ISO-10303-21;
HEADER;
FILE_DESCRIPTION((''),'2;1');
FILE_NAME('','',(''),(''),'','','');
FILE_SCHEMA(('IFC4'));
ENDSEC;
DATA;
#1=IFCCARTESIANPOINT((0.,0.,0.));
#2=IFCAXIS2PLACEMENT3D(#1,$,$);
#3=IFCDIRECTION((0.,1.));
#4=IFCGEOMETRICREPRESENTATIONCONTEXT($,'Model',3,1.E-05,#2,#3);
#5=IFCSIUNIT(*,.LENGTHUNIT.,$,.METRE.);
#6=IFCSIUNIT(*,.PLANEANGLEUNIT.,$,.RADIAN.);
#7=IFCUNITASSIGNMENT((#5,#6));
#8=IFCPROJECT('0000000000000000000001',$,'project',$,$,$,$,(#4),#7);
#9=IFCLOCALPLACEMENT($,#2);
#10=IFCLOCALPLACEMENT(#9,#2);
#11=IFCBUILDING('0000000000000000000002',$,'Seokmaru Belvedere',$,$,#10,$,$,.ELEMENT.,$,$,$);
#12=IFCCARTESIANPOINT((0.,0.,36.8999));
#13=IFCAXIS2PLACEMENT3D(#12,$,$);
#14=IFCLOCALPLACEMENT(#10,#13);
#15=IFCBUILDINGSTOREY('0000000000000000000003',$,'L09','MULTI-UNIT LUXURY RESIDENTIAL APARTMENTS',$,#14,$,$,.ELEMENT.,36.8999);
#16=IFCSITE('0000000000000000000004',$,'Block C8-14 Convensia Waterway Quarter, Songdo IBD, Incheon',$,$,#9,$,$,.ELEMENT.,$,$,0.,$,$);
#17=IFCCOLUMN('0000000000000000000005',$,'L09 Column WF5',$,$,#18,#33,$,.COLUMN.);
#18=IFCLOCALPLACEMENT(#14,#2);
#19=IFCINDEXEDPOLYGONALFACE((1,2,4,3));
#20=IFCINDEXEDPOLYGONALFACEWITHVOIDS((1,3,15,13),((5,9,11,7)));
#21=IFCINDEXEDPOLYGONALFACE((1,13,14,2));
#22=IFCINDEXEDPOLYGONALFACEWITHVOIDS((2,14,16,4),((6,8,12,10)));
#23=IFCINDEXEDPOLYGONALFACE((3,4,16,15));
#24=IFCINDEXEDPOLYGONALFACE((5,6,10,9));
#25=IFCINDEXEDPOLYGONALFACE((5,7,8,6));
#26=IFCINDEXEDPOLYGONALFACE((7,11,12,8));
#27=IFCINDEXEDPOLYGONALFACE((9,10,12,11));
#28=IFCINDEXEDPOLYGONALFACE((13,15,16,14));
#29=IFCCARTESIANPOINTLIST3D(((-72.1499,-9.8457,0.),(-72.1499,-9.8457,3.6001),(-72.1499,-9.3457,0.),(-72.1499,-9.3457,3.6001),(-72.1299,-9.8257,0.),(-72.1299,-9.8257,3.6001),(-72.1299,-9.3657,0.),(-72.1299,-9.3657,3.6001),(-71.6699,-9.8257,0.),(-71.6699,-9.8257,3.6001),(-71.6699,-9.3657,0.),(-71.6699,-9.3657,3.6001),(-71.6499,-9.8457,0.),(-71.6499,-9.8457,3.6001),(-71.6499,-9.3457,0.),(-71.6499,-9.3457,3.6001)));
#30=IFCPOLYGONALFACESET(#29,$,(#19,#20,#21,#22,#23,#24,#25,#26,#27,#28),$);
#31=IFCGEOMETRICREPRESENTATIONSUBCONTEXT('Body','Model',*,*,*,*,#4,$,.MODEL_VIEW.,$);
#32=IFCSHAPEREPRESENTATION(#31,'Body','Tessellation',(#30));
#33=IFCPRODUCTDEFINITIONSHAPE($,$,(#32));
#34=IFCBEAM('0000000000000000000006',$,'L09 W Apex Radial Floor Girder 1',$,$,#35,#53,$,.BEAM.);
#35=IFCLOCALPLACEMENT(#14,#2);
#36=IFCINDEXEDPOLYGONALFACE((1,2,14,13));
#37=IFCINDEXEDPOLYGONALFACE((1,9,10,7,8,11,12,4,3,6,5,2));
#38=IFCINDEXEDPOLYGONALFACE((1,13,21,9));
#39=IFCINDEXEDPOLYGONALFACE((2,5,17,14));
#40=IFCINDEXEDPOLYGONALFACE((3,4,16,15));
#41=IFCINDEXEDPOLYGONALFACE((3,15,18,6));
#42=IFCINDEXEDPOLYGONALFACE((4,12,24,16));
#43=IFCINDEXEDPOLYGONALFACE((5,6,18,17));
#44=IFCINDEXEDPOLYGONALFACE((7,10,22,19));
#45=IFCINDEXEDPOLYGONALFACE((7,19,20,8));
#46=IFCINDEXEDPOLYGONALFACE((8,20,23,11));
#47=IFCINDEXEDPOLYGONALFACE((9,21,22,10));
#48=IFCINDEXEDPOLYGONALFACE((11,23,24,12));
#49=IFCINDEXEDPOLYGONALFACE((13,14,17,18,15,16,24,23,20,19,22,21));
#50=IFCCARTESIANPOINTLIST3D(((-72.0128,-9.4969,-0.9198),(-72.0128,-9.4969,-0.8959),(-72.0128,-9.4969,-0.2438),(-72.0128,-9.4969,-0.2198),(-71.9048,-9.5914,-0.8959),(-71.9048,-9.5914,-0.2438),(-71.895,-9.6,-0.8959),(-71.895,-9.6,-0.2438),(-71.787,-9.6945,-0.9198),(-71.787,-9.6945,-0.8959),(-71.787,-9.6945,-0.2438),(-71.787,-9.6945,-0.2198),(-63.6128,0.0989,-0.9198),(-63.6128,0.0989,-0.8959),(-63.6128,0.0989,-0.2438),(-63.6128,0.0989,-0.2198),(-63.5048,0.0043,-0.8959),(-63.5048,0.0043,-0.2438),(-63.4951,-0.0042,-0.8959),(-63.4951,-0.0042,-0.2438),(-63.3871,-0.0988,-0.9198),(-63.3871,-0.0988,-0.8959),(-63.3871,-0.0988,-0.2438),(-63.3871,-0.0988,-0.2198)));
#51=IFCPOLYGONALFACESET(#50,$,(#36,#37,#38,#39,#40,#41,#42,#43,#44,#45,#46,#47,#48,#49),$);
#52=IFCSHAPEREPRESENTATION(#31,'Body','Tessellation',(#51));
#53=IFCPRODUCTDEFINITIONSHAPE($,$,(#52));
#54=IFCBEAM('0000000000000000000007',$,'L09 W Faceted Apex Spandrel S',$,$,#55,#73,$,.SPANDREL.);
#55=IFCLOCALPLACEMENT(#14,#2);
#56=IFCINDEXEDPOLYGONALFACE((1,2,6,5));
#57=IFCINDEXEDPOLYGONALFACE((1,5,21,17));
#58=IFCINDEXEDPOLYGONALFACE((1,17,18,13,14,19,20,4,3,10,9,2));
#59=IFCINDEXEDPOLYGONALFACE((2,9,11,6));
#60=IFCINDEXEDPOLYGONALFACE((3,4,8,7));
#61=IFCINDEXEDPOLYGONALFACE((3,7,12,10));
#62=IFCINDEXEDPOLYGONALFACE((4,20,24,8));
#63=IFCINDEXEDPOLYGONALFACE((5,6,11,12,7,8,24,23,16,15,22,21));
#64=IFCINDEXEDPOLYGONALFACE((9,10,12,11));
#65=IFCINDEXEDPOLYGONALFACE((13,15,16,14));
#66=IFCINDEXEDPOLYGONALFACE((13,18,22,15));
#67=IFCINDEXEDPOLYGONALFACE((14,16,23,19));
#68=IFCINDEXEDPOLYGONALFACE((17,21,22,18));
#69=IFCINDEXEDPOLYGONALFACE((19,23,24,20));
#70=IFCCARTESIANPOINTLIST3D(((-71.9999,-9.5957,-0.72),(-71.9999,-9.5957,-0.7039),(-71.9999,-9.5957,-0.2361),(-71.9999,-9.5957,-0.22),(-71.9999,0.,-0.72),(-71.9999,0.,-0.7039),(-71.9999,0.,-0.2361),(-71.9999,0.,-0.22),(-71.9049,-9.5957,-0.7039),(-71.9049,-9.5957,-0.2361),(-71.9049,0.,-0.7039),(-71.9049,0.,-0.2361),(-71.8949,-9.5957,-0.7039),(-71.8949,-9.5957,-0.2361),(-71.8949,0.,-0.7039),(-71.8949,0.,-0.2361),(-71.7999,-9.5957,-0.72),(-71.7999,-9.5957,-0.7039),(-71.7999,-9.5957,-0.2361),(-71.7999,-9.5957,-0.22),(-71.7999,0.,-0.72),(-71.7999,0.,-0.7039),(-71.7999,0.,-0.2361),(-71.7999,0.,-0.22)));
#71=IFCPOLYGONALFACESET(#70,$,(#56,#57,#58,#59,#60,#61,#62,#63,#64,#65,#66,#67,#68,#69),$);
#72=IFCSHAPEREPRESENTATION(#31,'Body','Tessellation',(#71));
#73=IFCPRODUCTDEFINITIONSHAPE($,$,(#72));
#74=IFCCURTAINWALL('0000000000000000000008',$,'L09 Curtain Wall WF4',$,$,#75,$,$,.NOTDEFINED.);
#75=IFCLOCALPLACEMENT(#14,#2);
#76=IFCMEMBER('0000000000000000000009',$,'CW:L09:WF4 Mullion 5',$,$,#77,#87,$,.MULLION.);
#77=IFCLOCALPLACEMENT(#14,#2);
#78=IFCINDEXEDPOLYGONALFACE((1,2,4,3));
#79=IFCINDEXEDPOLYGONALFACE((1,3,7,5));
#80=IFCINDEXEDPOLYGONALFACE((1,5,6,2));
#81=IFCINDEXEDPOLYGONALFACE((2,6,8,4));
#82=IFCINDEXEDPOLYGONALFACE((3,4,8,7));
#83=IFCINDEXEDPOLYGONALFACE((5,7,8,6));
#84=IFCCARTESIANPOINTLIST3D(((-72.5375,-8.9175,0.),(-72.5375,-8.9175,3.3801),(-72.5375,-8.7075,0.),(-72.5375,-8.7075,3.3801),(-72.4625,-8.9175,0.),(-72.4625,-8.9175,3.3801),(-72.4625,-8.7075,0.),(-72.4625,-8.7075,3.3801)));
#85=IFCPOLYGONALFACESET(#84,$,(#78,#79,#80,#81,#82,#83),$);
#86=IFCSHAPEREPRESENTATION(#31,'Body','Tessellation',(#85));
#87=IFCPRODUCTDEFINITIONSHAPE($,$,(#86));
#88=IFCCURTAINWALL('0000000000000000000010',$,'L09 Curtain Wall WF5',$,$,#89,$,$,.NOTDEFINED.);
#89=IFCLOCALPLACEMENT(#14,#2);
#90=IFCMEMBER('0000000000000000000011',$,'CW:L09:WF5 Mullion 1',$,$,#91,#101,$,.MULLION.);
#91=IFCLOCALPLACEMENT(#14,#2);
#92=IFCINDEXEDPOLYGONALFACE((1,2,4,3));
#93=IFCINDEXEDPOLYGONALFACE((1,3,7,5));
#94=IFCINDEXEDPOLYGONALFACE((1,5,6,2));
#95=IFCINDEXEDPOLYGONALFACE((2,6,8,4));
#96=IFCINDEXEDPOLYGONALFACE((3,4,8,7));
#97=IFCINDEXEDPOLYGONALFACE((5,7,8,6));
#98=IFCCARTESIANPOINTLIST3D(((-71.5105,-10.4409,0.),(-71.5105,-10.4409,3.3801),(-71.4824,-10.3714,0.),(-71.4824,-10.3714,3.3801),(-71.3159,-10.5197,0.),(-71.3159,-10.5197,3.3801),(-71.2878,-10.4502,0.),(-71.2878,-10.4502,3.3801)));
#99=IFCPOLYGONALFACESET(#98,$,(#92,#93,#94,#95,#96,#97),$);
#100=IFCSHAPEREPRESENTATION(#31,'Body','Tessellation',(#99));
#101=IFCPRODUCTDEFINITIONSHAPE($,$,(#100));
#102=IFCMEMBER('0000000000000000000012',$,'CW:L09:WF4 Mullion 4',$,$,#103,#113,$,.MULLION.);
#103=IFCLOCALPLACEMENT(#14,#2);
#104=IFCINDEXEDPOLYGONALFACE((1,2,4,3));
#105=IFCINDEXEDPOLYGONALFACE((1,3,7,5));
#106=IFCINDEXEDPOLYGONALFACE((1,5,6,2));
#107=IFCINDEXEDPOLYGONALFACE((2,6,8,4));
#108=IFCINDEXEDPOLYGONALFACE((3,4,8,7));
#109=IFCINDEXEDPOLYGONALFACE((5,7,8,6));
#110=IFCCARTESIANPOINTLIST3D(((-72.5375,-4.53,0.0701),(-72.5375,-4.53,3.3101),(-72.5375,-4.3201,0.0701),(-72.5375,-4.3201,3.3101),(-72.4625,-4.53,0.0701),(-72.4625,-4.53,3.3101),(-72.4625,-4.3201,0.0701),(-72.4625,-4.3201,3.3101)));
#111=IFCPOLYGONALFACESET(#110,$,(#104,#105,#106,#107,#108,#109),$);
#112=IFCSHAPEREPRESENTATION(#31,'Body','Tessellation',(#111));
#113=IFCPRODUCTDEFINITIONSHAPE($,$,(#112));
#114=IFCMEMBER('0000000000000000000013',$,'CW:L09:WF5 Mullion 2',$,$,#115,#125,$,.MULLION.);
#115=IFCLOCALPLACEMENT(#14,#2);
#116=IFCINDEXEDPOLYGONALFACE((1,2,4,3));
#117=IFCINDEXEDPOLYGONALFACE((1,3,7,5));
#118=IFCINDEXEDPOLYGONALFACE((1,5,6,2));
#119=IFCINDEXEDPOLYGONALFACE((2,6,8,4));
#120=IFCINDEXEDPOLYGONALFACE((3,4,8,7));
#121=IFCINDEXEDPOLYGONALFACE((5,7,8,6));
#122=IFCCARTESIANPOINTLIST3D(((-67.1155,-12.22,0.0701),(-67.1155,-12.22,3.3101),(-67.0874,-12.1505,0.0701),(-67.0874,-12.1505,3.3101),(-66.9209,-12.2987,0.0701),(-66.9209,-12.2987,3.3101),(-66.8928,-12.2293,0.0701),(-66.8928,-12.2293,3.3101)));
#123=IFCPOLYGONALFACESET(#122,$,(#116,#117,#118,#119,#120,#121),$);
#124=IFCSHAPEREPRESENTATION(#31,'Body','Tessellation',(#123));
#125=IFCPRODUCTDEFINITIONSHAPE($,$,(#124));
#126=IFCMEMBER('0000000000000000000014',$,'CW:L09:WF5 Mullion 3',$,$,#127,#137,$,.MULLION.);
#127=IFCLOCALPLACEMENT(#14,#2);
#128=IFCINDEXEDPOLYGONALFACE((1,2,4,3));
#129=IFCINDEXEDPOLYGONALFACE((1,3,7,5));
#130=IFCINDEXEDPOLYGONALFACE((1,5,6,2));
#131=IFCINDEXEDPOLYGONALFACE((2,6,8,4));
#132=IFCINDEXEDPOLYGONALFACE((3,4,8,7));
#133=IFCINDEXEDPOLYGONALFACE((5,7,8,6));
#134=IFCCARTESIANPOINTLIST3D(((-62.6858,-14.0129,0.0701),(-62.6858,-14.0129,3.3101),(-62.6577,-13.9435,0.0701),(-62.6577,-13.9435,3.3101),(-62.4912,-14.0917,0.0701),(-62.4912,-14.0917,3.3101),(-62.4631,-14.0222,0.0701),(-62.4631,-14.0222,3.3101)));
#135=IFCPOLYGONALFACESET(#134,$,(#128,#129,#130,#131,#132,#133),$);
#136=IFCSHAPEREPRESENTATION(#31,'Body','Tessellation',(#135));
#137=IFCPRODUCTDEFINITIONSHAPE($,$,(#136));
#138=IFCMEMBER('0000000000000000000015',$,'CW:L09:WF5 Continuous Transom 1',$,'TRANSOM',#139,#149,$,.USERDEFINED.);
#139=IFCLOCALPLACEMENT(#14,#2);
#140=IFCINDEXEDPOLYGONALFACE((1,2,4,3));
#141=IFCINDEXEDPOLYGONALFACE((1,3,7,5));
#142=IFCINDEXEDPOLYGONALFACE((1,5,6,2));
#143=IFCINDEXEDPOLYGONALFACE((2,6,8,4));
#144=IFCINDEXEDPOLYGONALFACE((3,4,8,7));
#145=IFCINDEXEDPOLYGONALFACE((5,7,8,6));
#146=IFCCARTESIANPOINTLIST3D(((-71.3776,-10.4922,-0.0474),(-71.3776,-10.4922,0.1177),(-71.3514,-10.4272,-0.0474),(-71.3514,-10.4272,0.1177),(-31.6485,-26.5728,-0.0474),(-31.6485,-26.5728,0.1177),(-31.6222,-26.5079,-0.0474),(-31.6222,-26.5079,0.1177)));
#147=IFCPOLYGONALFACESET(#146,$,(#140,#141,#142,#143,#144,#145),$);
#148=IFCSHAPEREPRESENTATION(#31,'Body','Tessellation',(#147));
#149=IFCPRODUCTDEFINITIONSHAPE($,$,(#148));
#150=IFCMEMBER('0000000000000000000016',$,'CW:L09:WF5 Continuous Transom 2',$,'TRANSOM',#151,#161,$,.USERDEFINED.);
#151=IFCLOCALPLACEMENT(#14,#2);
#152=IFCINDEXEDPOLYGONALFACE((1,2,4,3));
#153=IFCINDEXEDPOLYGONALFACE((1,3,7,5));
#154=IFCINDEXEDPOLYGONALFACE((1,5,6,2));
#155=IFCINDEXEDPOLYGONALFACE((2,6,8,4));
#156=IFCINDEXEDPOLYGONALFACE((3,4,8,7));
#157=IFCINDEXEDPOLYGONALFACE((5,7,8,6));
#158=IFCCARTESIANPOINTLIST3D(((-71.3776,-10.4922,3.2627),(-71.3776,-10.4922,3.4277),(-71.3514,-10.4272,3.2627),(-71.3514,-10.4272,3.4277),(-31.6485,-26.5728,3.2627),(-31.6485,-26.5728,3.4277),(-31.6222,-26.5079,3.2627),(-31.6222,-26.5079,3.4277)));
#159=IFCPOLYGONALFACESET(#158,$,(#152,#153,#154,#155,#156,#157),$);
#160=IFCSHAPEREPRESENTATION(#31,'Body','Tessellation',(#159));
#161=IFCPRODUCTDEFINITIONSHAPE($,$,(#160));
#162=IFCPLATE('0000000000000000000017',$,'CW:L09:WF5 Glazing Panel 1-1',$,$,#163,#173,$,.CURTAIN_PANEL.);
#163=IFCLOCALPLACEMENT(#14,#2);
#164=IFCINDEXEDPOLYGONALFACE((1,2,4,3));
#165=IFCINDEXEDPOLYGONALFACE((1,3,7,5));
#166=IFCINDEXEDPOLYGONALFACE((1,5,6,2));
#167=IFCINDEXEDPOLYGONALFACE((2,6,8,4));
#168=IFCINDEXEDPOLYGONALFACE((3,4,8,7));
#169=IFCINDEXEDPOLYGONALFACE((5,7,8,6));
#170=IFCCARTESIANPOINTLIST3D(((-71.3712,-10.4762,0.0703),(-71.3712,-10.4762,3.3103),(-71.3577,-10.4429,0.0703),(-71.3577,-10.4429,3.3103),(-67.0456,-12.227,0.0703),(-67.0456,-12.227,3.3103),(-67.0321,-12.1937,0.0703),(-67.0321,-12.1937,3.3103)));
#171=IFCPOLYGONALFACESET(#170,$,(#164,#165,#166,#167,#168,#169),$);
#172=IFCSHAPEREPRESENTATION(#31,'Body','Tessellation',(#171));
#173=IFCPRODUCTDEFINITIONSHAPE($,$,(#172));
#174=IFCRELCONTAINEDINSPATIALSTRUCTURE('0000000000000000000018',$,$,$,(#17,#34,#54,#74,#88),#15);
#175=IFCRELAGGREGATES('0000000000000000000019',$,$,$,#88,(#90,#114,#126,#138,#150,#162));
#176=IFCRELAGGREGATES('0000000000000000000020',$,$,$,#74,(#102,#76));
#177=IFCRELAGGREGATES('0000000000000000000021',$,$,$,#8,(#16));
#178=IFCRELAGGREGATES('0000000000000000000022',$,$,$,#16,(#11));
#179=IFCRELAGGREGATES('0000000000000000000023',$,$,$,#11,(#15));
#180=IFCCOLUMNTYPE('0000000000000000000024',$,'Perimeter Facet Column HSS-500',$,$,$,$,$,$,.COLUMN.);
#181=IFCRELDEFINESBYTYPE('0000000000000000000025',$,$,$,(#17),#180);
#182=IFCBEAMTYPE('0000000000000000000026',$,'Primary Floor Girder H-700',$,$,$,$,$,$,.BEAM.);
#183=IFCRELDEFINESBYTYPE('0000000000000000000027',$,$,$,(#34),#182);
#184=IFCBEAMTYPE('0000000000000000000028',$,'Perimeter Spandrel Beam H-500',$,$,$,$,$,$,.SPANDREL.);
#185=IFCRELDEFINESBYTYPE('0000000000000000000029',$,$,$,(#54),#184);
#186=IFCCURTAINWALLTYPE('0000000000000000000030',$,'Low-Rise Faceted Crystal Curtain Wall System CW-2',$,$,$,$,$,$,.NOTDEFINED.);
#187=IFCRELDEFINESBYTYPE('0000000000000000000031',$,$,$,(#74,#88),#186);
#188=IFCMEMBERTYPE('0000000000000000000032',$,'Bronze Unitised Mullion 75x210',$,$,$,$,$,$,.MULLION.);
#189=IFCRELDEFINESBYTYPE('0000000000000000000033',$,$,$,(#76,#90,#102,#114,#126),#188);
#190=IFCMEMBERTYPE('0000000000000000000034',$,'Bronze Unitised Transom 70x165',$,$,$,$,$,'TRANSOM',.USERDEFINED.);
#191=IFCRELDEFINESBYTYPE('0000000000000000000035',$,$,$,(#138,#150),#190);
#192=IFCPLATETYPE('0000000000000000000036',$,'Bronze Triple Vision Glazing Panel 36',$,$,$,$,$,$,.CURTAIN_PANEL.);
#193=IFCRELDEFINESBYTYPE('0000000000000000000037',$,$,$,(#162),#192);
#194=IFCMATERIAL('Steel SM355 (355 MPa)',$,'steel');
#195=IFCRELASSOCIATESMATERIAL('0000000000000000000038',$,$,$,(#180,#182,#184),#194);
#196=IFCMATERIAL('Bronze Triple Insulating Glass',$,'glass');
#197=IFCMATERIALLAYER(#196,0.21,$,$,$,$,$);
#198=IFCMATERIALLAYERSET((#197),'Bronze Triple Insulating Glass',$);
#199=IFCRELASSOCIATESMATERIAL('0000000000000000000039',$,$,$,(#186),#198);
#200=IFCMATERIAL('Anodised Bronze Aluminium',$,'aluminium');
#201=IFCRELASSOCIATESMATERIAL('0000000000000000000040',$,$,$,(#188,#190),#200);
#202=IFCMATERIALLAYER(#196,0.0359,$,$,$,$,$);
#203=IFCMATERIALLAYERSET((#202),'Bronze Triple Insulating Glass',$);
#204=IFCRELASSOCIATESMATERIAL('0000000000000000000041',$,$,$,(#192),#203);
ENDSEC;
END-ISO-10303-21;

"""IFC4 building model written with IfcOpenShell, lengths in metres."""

from ifc_helpers import new_model, si_unit, direction, frame, origin, origin_2d, place, context, subcontext, project, spatial, rectangle, hollow_rectangle, i_section, extrude, source, transform, mapped, material, layer, layer_set, material_profile, profile_set, type_object, type_shapes, element, aggregate, save


model = new_model("IFC4")

# Units and contexts
model_context = context("Model", 3, precision=1e-05, world=origin(), true_north=direction((0.0, 1.0)))
body_context = subcontext(model_context, "Body", "Model", "MODEL_VIEW")
ifc_project = project(units=[si_unit("LENGTHUNIT", "METRE"), si_unit("PLANEANGLEUNIT", "RADIAN")], contexts=[model_context])

# Site, building, storey
site_placement = place(None, origin())
site = spatial("IfcSite", under=ifc_project, at=site_placement, Name="Block C8-14 Convensia Waterway Quarter, Songdo IBD, Incheon", CompositionType="ELEMENT", RefElevation=0.0)
building_placement = place(site_placement, origin())
building = spatial("IfcBuilding", under=site, at=building_placement, Name="Seokmaru Belvedere", CompositionType="ELEMENT")
storey_placement = place(building_placement, frame((0.0, 0.0, 36.8999)))
storey = spatial("IfcBuildingStorey", under=building, at=storey_placement, Name="L09", Description="MULTI-UNIT LUXURY RESIDENTIAL APARTMENTS", CompositionType="ELEMENT", Elevation=36.8999)

# Column
ifc_material_1 = material(Name="Steel SM355 (355 MPa)", Category="steel")
ifc_material_profile_1 = material_profile(ifc_material_1, hollow_rectangle(XDim=0.5, YDim=0.5, WallThickness=0.02, at=origin_2d()), Name="HSS-500x500x20")
ifc_profile_set_1 = profile_set([ifc_material_profile_1], Name="Steel SM355 (355 MPa)")
column_type = type_object("IfcColumnType", Name="Perimeter Facet Column HSS-500", PredefinedType="COLUMN", material=ifc_profile_set_1)
shared_shape_1 = source(origin(), body_context, "Body", "SweptSolid", [
    extrude(hollow_rectangle(XDim=0.5, YDim=0.5, WallThickness=0.02, at=origin_2d()), origin(), (0.0, 0.0, 1.0), 3.6001),
])
type_shapes(column_type, [shared_shape_1])
column_placement = place(storey_placement, frame((-71.8999, -9.5957, 0.0), z_axis=(0.0, 0.0, 1.0), x_axis=(1.0, 0.0, 0.0)))
element("IfcColumn", 1, at=column_placement, inside=storey, type_object=column_type, Name="L09 Column WF5", PredefinedType="COLUMN", context=body_context, shape_type="MappedRepresentation", body=[
    mapped(shared_shape_1, transform((0.0, 0.0, 0.0), scale=1.0)),
])

# Beams
ifc_material_profile_2 = material_profile(ifc_material_1, i_section(OverallWidth=0.3, OverallDepth=0.7, WebThickness=0.0129, FlangeThickness=0.0239, at=origin_2d()), Name="H-700x300x13x24")
ifc_profile_set_2 = profile_set([ifc_material_profile_2], Name="Steel SM355 (355 MPa)")
beam_type_1 = type_object("IfcBeamType", Name="Primary Floor Girder H-700", PredefinedType="BEAM", material=ifc_profile_set_2)
shared_shape_2 = source(origin(), body_context, "Body", "SweptSolid", [
    extrude(i_section(OverallWidth=0.3, OverallDepth=0.7, WebThickness=0.0129, FlangeThickness=0.0239, at=origin_2d()), origin(), (0.0, 0.0, 1.0), 12.7529),
])
type_shapes(beam_type_1, [shared_shape_2])
beam_1_placement = place(storey_placement, frame((-71.8999, -9.5957, -0.5698), z_axis=(0.658667, 0.752434, 0.0), x_axis=(-0.752434, 0.658667, 0.0)))
element("IfcBeam", 2, at=beam_1_placement, inside=storey, type_object=beam_type_1, Name="L09 W Apex Radial Floor Girder 1", PredefinedType="BEAM", context=body_context, shape_type="MappedRepresentation", body=[
    mapped(shared_shape_2, transform((0.0, 0.0, 0.0), scale=1.0)),
])
ifc_material_profile_3 = material_profile(ifc_material_1, i_section(OverallWidth=0.2, OverallDepth=0.5, WebThickness=0.01, FlangeThickness=0.0161, at=origin_2d()), Name="H-500x200x10x16")
ifc_profile_set_3 = profile_set([ifc_material_profile_3], Name="Steel SM355 (355 MPa)")
beam_type_2 = type_object("IfcBeamType", Name="Perimeter Spandrel Beam H-500", PredefinedType="SPANDREL", material=ifc_profile_set_3)
shared_shape_3 = source(origin(), body_context, "Body", "SweptSolid", [
    extrude(i_section(OverallWidth=0.2, OverallDepth=0.5, WebThickness=0.01, FlangeThickness=0.0161, at=origin_2d()), origin(), (0.0, 0.0, 1.0), 9.5957),
])
type_shapes(beam_type_2, [shared_shape_3])
beam_2_placement = place(storey_placement, frame((-71.8999, -9.5957, -0.47), z_axis=(0.0, 1.0, 0.0), x_axis=(-1.0, 0.0, 0.0)))
element("IfcBeam", 3, at=beam_2_placement, inside=storey, type_object=beam_type_2, Name="L09 W Faceted Apex Spandrel S", PredefinedType="SPANDREL", context=body_context, shape_type="MappedRepresentation", body=[
    mapped(shared_shape_3, transform((0.0, 0.0, 0.0), scale=1.0)),
])

# Curtain walls, members
ifc_material_2 = material(Name="Bronze Triple Insulating Glass", Category="glass")
ifc_layer_1 = layer(ifc_material_2, 0.21)
ifc_layer_set_1 = layer_set([ifc_layer_1], Name="Bronze Triple Insulating Glass")
curtain_wall_type = type_object("IfcCurtainWallType", Name="Low-Rise Faceted Crystal Curtain Wall System CW-2", PredefinedType="NOTDEFINED", material=ifc_layer_set_1)
curtain_wall_1_placement = place(storey_placement, origin())
curtain_wall_1 = element("IfcCurtainWall", 4, at=curtain_wall_1_placement, inside=storey, type_object=curtain_wall_type, Name="L09 Curtain Wall WF4", PredefinedType="NOTDEFINED")
ifc_material_3 = material(Name="Anodised Bronze Aluminium", Category="aluminium")
ifc_material_profile_4 = material_profile(ifc_material_3, rectangle(XDim=0.075, YDim=0.21, at=origin_2d()), Name="CW-M-75x210")
ifc_profile_set_4 = profile_set([ifc_material_profile_4], Name="Anodised Bronze Aluminium")
member_type_1 = type_object("IfcMemberType", Name="Bronze Unitised Mullion 75x210", PredefinedType="MULLION", material=ifc_profile_set_4)
shared_shape_4 = source(origin(), body_context, "Body", "SweptSolid", [
    extrude(rectangle(XDim=0.075, YDim=0.21, at=origin_2d()), origin(), (0.0, 0.0, 1.0), 3.3801),
])
member_1_placement = place(storey_placement, frame((-72.5, -8.8125, 0.0), z_axis=(0.0, 0.0, 1.0), x_axis=(1.0, 0.0, 0.0)))
member_1 = element("IfcMember", 5, at=member_1_placement, type_object=member_type_1, Name="CW:L09:WF4 Mullion 5", PredefinedType="MULLION", context=body_context, shape_type="MappedRepresentation", body=[
    mapped(shared_shape_4, transform((0.0, 0.0, 0.0), scale=1.0)),
])
curtain_wall_2_placement = place(storey_placement, origin())
curtain_wall_2 = element("IfcCurtainWall", 6, at=curtain_wall_2_placement, inside=storey, type_object=curtain_wall_type, Name="L09 Curtain Wall WF5", PredefinedType="NOTDEFINED")
member_2_placement = place(storey_placement, frame((-71.3992, -10.4456, 0.0), z_axis=(0.0, 0.0, 1.0), x_axis=(0.375192, 0.926947, 0.0)))
member_2 = element("IfcMember", 7, at=member_2_placement, type_object=member_type_1, Name="CW:L09:WF5 Mullion 1", PredefinedType="MULLION", context=body_context, shape_type="MappedRepresentation", body=[
    mapped(shared_shape_4, transform((0.0, 0.0, 0.0), scale=1.0)),
])

# Members
shared_shape_5 = source(origin(), body_context, "Body", "SweptSolid", [
    extrude(rectangle(XDim=0.075, YDim=0.21, at=origin_2d()), origin(), (0.0, 0.0, 1.0), 3.24),
])
type_shapes(member_type_1, [shared_shape_4, shared_shape_5])
member_3_placement = place(storey_placement, frame((-72.5, -4.425, 0.0701), z_axis=(0.0, 0.0, 1.0), x_axis=(1.0, 0.0, 0.0)))
member_3 = element("IfcMember", 8, at=member_3_placement, type_object=member_type_1, Name="CW:L09:WF4 Mullion 4", PredefinedType="MULLION", context=body_context, shape_type="MappedRepresentation", body=[
    mapped(shared_shape_5, transform((0.0, 0.0, 0.0), scale=1.0)),
])
member_4_placement = place(storey_placement, frame((-67.0042, -12.2246, 0.0701), z_axis=(0.0, 0.0, 1.0), x_axis=(0.375192, 0.926947, 0.0)))
member_4 = element("IfcMember", 9, at=member_4_placement, type_object=member_type_1, Name="CW:L09:WF5 Mullion 2", PredefinedType="MULLION", context=body_context, shape_type="MappedRepresentation", body=[
    mapped(shared_shape_5, transform((0.0, 0.0, 0.0), scale=1.0)),
])
member_5_placement = place(storey_placement, frame((-62.5745, -14.0176, 0.0701), z_axis=(0.0, 0.0, 1.0), x_axis=(0.375192, 0.926947, 0.0)))
member_5 = element("IfcMember", 10, at=member_5_placement, type_object=member_type_1, Name="CW:L09:WF5 Mullion 3", PredefinedType="MULLION", context=body_context, shape_type="MappedRepresentation", body=[
    mapped(shared_shape_5, transform((0.0, 0.0, 0.0), scale=1.0)),
])
ifc_material_profile_5 = material_profile(ifc_material_3, rectangle(XDim=0.0701, YDim=0.165, at=origin_2d()), Name="CW-T-70x165")
ifc_profile_set_5 = profile_set([ifc_material_profile_5], Name="Anodised Bronze Aluminium")
member_type_2 = type_object("IfcMemberType", Name="Bronze Unitised Transom 70x165", ElementType="TRANSOM", PredefinedType="USERDEFINED", material=ifc_profile_set_5)
shared_shape_6 = source(origin(), body_context, "Body", "SweptSolid", [
    extrude(rectangle(XDim=0.0701, YDim=0.165, at=origin_2d()), origin(), (0.0, 0.0, 1.0), 42.8601),
])
type_shapes(member_type_2, [shared_shape_6])
member_6_placement = place(storey_placement, frame((-71.3645, -10.4597, 0.0352), z_axis=(0.926949, -0.375188, 0.0), x_axis=(0.375188, 0.926949, 0.0)))
member_6 = element("IfcMember", 11, at=member_6_placement, type_object=member_type_2, Name="CW:L09:WF5 Continuous Transom 1", ObjectType="TRANSOM", PredefinedType="USERDEFINED", context=body_context, shape_type="MappedRepresentation", body=[
    mapped(shared_shape_6, transform((0.0, 0.0, 0.0), scale=1.0)),
])
member_7_placement = place(storey_placement, frame((-71.3645, -10.4597, 3.3452), z_axis=(0.926949, -0.375188, 0.0), x_axis=(0.375188, 0.926949, 0.0)))
member_7 = element("IfcMember", 12, at=member_7_placement, type_object=member_type_2, Name="CW:L09:WF5 Continuous Transom 2", ObjectType="TRANSOM", PredefinedType="USERDEFINED", context=body_context, shape_type="MappedRepresentation", body=[
    mapped(shared_shape_6, transform((0.0, 0.0, 0.0), scale=1.0)),
])

# Plate
ifc_layer_2 = layer(ifc_material_2, 0.0359)
ifc_layer_set_2 = layer_set([ifc_layer_2], Name="Bronze Triple Insulating Glass")
plate_type = type_object("IfcPlateType", Name="Bronze Triple Vision Glazing Panel 36", PredefinedType="CURTAIN_PANEL", material=ifc_layer_set_2)
shared_shape_7 = source(origin(), body_context, "Body", "SweptSolid", [
    extrude(rectangle(XDim=4.6665, YDim=0.0359, at=origin_2d()), origin(), (0.0, 0.0, 1.0), 3.24),
])
plate_1_placement = place(storey_placement, frame((-69.2017, -11.335, 0.0703), z_axis=(0.0, 0.0, 1.0), x_axis=(0.926947, -0.375192, 0.0)))
plate_1 = element("IfcPlate", 13, at=plate_1_placement, type_object=plate_type, Name="CW:L09:WF5 Glazing Panel 1-1", PredefinedType="CURTAIN_PANEL", context=body_context, shape_type="MappedRepresentation", body=[
    mapped(shared_shape_7, transform((0.0, 0.0, 0.0), scale=1.0)),
])
aggregate(curtain_wall_2, [member_2, member_4, member_5, member_6, member_7, plate_1])
aggregate(curtain_wall_1, [member_3, member_1])

save(model, "model.ifc")
